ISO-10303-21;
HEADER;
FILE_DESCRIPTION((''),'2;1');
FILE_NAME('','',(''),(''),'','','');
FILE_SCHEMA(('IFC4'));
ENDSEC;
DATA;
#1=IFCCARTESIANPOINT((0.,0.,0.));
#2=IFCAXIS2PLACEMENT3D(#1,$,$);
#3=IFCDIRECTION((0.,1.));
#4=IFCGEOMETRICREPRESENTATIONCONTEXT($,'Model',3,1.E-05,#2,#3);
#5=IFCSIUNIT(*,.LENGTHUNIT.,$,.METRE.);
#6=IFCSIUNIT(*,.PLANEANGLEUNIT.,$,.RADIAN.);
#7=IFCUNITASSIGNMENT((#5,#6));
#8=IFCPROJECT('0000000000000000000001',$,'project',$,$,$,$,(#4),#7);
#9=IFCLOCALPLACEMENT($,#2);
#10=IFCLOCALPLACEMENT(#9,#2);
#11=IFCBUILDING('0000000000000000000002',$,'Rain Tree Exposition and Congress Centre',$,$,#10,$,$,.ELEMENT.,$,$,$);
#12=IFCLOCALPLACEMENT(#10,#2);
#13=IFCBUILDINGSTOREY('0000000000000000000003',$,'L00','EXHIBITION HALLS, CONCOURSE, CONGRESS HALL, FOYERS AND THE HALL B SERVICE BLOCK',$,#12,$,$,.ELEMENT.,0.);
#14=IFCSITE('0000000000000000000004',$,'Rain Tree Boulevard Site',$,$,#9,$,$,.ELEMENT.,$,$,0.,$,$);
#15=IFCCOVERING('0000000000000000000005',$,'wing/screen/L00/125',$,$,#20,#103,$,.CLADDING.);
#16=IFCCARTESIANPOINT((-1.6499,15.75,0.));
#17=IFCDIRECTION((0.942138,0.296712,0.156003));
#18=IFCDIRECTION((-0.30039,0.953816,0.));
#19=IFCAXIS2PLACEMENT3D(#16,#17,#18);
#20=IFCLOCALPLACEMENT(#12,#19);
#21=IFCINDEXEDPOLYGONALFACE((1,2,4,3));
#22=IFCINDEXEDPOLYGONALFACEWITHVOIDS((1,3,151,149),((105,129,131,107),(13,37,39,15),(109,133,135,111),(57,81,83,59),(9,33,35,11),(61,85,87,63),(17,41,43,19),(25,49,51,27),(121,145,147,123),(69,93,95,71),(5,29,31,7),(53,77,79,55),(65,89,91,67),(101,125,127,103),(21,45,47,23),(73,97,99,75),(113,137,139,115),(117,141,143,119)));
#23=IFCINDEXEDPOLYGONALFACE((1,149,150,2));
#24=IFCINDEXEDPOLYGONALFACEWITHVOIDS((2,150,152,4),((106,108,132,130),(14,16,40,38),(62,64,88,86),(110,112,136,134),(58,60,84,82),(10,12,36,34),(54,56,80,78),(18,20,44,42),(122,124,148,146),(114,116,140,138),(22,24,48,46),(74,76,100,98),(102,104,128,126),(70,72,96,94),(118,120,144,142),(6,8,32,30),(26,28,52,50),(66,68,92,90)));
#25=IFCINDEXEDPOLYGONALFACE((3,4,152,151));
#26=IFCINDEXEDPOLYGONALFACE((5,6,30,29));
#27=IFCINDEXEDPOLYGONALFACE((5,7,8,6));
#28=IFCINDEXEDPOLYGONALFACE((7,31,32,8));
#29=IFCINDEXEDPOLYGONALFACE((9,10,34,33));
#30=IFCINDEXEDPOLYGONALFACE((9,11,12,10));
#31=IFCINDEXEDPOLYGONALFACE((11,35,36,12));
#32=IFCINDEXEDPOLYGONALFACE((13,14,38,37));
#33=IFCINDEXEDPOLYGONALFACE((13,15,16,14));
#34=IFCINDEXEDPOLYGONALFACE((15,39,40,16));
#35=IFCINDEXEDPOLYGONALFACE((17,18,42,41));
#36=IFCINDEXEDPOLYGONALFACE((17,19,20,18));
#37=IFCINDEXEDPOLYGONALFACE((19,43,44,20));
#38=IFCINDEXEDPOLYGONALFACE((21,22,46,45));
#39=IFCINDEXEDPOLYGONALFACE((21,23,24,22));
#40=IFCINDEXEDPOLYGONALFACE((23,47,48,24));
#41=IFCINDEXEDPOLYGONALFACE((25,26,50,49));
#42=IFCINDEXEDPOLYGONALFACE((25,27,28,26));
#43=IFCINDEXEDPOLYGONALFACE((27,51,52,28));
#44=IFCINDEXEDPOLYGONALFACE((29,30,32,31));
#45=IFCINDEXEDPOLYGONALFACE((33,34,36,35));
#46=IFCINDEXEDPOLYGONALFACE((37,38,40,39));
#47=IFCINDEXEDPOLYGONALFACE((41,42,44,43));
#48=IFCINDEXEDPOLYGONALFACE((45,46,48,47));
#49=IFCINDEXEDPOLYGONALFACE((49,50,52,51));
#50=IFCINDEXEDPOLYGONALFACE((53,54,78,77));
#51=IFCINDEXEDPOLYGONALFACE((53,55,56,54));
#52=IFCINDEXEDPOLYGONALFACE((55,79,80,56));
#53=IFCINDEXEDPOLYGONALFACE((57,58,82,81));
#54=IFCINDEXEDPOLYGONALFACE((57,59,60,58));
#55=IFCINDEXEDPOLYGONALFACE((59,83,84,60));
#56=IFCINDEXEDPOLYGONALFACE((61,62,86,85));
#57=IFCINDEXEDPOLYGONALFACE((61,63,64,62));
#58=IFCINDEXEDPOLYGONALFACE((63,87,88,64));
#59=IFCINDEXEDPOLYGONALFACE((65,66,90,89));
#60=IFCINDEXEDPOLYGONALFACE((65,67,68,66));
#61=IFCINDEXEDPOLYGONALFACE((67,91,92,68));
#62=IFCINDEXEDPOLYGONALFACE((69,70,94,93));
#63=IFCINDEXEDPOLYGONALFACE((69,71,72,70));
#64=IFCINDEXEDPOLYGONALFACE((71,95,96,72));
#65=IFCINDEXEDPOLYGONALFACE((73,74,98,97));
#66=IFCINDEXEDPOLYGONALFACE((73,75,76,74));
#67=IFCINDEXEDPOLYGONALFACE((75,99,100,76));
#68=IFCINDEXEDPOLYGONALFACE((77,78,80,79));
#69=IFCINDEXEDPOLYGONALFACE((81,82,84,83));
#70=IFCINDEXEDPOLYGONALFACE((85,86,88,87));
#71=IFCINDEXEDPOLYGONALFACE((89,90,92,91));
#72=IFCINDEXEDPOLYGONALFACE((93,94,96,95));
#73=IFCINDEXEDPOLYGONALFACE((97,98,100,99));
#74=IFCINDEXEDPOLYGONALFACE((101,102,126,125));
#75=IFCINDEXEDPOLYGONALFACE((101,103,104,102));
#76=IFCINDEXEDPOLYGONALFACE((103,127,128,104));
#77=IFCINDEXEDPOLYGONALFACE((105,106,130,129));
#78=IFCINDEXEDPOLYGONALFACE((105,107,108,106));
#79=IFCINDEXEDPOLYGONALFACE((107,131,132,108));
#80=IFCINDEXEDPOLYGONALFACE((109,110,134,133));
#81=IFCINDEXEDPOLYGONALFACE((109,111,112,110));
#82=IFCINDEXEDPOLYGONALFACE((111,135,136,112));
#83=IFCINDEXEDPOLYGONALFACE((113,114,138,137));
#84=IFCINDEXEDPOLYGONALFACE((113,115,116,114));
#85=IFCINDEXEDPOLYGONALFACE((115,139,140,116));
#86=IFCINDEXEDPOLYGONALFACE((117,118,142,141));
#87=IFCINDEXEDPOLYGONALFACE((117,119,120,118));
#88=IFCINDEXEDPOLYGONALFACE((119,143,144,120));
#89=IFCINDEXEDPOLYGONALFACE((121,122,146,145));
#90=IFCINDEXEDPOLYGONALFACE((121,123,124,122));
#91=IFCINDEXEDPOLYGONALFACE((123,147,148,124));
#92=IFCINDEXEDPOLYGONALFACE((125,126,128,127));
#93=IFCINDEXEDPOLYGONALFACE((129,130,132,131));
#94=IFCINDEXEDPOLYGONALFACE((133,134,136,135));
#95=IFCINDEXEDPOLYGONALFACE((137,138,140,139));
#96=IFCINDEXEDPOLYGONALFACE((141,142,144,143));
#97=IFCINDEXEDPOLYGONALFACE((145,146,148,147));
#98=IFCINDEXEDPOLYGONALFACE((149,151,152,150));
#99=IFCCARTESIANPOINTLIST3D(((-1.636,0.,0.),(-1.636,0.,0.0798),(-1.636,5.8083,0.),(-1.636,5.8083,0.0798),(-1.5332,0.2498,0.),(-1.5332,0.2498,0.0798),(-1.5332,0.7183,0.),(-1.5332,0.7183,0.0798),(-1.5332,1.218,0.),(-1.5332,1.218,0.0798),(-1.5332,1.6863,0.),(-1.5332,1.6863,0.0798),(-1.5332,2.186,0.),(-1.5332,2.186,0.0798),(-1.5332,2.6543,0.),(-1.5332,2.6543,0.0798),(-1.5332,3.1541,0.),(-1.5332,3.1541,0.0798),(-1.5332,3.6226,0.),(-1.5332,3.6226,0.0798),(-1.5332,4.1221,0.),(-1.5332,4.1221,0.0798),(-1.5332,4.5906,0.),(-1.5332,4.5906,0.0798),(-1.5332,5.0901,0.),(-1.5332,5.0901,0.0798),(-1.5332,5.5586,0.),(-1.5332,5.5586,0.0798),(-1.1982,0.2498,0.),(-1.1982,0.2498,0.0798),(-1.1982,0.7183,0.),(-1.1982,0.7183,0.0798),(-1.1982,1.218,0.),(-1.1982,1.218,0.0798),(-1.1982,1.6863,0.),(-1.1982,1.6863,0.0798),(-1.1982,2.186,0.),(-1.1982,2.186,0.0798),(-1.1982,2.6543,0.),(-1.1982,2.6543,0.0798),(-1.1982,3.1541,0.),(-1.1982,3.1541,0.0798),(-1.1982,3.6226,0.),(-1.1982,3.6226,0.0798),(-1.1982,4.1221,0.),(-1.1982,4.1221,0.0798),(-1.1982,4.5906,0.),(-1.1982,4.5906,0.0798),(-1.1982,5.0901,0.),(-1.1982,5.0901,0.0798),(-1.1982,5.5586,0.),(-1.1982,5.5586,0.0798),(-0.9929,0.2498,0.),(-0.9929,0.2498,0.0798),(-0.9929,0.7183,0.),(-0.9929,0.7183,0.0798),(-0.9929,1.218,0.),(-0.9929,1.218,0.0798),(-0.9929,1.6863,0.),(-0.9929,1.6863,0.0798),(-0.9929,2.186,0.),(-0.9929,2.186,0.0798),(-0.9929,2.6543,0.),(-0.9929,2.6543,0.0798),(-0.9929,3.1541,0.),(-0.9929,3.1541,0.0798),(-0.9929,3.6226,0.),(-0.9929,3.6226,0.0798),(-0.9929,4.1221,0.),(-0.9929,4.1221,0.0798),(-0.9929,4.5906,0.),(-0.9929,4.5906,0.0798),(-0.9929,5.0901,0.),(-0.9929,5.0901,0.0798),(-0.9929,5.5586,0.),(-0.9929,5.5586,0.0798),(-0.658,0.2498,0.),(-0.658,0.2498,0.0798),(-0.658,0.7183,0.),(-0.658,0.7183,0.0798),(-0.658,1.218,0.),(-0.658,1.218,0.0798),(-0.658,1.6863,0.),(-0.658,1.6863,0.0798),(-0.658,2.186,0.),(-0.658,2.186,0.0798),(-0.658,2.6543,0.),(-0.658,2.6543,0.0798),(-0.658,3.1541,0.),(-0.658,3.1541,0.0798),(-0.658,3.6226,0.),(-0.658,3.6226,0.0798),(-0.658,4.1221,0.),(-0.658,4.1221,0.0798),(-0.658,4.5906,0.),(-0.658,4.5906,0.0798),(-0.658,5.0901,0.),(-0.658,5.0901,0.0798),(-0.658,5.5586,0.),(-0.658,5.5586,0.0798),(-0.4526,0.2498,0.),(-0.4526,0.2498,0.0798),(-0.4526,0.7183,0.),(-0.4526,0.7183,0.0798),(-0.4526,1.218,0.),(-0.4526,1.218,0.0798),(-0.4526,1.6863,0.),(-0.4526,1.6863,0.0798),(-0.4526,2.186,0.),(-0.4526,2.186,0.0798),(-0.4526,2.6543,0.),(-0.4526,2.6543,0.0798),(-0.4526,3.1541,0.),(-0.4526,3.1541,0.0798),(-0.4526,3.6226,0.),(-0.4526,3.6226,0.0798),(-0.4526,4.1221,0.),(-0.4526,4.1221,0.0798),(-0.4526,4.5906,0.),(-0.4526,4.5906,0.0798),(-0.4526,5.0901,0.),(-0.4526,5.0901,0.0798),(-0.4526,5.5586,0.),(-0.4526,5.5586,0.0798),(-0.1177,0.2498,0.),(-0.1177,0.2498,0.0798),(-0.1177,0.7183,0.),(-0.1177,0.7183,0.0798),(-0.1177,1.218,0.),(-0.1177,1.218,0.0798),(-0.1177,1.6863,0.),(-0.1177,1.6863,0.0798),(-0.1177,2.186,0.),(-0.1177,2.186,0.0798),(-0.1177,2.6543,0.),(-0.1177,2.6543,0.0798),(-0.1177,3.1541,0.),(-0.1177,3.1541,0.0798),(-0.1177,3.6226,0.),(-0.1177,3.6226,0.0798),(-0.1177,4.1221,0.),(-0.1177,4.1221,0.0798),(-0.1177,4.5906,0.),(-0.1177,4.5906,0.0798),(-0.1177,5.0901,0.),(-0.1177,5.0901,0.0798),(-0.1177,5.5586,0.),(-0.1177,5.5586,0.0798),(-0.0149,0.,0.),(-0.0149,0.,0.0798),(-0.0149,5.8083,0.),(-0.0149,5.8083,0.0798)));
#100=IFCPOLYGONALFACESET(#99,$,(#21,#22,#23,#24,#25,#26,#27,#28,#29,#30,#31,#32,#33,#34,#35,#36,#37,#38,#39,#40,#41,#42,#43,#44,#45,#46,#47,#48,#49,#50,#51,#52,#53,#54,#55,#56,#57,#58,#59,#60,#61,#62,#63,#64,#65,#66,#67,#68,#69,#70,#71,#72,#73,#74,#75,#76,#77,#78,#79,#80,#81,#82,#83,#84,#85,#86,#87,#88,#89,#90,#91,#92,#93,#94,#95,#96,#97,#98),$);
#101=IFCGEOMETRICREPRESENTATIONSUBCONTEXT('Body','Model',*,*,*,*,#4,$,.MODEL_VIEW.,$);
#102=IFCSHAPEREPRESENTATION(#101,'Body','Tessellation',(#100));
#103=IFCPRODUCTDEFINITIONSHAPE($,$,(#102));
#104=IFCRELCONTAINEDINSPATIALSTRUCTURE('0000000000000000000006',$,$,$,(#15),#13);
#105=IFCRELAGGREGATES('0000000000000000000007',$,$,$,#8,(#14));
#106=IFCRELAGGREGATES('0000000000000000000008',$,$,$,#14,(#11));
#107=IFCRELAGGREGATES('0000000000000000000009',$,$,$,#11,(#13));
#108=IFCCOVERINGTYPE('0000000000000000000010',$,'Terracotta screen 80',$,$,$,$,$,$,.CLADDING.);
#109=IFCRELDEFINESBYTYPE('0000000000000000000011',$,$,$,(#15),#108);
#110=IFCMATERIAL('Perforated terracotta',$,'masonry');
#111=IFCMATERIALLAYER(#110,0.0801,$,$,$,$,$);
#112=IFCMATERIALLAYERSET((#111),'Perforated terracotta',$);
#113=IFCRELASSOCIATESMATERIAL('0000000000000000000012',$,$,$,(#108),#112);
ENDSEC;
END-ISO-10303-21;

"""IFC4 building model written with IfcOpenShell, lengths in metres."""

from ifc_helpers import new_model, si_unit, direction, frame, origin, place, context, subcontext, project, spatial, polyline, outline, extrude, material, layer, layer_set, type_object, element, save


model = new_model("IFC4")

# Units and contexts
model_context = context("Model", 3, precision=1e-05, world=origin(), true_north=direction((0.0, 1.0)))
body_context = subcontext(model_context, "Body", "Model", "MODEL_VIEW")
ifc_project = project(units=[si_unit("LENGTHUNIT", "METRE"), si_unit("PLANEANGLEUNIT", "RADIAN")], contexts=[model_context])

# Site, building, storey
site_placement = place(None, origin())
site = spatial("IfcSite", under=ifc_project, at=site_placement, Name="Rain Tree Boulevard Site", CompositionType="ELEMENT", RefElevation=0.0)
building_placement = place(site_placement, origin())
building = spatial("IfcBuilding", under=site, at=building_placement, Name="Rain Tree Exposition and Congress Centre", CompositionType="ELEMENT")
storey_placement = place(building_placement, origin())
storey = spatial("IfcBuildingStorey", under=building, at=storey_placement, Name="L00", Description="EXHIBITION HALLS, CONCOURSE, CONGRESS HALL, FOYERS AND THE HALL B SERVICE BLOCK", CompositionType="ELEMENT", Elevation=0.0)

# Covering
ifc_material_1 = material(Name="Perforated terracotta", Category="masonry")
ifc_layer_1 = layer(ifc_material_1, 0.0801)
ifc_layer_set_1 = layer_set([ifc_layer_1], Name="Perforated terracotta")
covering_type = type_object("IfcCoveringType", Name="Terracotta screen 80", PredefinedType="CLADDING", material=ifc_layer_set_1)
covering_1_placement = place(storey_placement, frame((-1.6499, 15.75, 0.0), z_axis=(0.942138, 0.296712, 0.156003), x_axis=(-0.30039, 0.953816, 0.0)))
element("IfcCovering", 1, at=covering_1_placement, inside=storey, type_object=covering_type, Name="wing/screen/L00/125", PredefinedType="CLADDING", context=body_context, shape_type="SweptSolid", body=[
    extrude(outline(polyline([(-1.636, 0.0), (-1.636, 5.8083), (-0.0149, 5.8083), (-0.0149, 0.0), (-1.636, 0.0)]), holes=[polyline([(-0.1177, 0.2498), (-0.1177, 0.7183), (-0.4526, 0.7183), (-0.4526, 0.2498), (-0.1177, 0.2498)]), polyline([(-0.1177, 1.218), (-0.1177, 1.6863), (-0.4526, 1.6863), (-0.4526, 1.218), (-0.1177, 1.218)]), polyline([(-0.1177, 2.186), (-0.1177, 2.6543), (-0.4526, 2.6543), (-0.4526, 2.186), (-0.1177, 2.186)]), polyline([(-0.1177, 3.1541), (-0.1177, 3.6226), (-0.4526, 3.6226), (-0.4526, 3.1541), (-0.1177, 3.1541)]), polyline([(-0.1177, 4.1221), (-0.1177, 4.5906), (-0.4526, 4.5906), (-0.4526, 4.1221), (-0.1177, 4.1221)]), polyline([(-0.1177, 5.0901), (-0.1177, 5.5586), (-0.4526, 5.5586), (-0.4526, 5.0901), (-0.1177, 5.0901)]), polyline([(-0.658, 0.2498), (-0.658, 0.7183), (-0.9929, 0.7183), (-0.9929, 0.2498), (-0.658, 0.2498)]), polyline([(-0.658, 1.218), (-0.658, 1.6863), (-0.9929, 1.6863), (-0.9929, 1.218), (-0.658, 1.218)]), polyline([(-0.658, 2.186), (-0.658, 2.6543), (-0.9929, 2.6543), (-0.9929, 2.186), (-0.658, 2.186)]), polyline([(-0.658, 3.1541), (-0.658, 3.6226), (-0.9929, 3.6226), (-0.9929, 3.1541), (-0.658, 3.1541)]), polyline([(-0.658, 4.1221), (-0.658, 4.5906), (-0.9929, 4.5906), (-0.9929, 4.1221), (-0.658, 4.1221)]), polyline([(-0.658, 5.0901), (-0.658, 5.5586), (-0.9929, 5.5586), (-0.9929, 5.0901), (-0.658, 5.0901)]), polyline([(-1.1982, 0.2498), (-1.1982, 0.7183), (-1.5332, 0.7183), (-1.5332, 0.2498), (-1.1982, 0.2498)]), polyline([(-1.1982, 1.218), (-1.1982, 1.6863), (-1.5332, 1.6863), (-1.5332, 1.218), (-1.1982, 1.218)]), polyline([(-1.1982, 2.186), (-1.1982, 2.6543), (-1.5332, 2.6543), (-1.5332, 2.186), (-1.1982, 2.186)]), polyline([(-1.1982, 3.1541), (-1.1982, 3.6226), (-1.5332, 3.6226), (-1.5332, 3.1541), (-1.1982, 3.1541)]), polyline([(-1.1982, 4.1221), (-1.1982, 4.5906), (-1.5332, 4.5906), (-1.5332, 4.1221), (-1.1982, 4.1221)]), polyline([(-1.1982, 5.0901), (-1.1982, 5.5586), (-1.5332, 5.5586), (-1.5332, 5.0901), (-1.1982, 5.0901)])]), origin(), (0.0, 0.0, 1.0), 0.0798),
])

save(model, "model.ifc")
